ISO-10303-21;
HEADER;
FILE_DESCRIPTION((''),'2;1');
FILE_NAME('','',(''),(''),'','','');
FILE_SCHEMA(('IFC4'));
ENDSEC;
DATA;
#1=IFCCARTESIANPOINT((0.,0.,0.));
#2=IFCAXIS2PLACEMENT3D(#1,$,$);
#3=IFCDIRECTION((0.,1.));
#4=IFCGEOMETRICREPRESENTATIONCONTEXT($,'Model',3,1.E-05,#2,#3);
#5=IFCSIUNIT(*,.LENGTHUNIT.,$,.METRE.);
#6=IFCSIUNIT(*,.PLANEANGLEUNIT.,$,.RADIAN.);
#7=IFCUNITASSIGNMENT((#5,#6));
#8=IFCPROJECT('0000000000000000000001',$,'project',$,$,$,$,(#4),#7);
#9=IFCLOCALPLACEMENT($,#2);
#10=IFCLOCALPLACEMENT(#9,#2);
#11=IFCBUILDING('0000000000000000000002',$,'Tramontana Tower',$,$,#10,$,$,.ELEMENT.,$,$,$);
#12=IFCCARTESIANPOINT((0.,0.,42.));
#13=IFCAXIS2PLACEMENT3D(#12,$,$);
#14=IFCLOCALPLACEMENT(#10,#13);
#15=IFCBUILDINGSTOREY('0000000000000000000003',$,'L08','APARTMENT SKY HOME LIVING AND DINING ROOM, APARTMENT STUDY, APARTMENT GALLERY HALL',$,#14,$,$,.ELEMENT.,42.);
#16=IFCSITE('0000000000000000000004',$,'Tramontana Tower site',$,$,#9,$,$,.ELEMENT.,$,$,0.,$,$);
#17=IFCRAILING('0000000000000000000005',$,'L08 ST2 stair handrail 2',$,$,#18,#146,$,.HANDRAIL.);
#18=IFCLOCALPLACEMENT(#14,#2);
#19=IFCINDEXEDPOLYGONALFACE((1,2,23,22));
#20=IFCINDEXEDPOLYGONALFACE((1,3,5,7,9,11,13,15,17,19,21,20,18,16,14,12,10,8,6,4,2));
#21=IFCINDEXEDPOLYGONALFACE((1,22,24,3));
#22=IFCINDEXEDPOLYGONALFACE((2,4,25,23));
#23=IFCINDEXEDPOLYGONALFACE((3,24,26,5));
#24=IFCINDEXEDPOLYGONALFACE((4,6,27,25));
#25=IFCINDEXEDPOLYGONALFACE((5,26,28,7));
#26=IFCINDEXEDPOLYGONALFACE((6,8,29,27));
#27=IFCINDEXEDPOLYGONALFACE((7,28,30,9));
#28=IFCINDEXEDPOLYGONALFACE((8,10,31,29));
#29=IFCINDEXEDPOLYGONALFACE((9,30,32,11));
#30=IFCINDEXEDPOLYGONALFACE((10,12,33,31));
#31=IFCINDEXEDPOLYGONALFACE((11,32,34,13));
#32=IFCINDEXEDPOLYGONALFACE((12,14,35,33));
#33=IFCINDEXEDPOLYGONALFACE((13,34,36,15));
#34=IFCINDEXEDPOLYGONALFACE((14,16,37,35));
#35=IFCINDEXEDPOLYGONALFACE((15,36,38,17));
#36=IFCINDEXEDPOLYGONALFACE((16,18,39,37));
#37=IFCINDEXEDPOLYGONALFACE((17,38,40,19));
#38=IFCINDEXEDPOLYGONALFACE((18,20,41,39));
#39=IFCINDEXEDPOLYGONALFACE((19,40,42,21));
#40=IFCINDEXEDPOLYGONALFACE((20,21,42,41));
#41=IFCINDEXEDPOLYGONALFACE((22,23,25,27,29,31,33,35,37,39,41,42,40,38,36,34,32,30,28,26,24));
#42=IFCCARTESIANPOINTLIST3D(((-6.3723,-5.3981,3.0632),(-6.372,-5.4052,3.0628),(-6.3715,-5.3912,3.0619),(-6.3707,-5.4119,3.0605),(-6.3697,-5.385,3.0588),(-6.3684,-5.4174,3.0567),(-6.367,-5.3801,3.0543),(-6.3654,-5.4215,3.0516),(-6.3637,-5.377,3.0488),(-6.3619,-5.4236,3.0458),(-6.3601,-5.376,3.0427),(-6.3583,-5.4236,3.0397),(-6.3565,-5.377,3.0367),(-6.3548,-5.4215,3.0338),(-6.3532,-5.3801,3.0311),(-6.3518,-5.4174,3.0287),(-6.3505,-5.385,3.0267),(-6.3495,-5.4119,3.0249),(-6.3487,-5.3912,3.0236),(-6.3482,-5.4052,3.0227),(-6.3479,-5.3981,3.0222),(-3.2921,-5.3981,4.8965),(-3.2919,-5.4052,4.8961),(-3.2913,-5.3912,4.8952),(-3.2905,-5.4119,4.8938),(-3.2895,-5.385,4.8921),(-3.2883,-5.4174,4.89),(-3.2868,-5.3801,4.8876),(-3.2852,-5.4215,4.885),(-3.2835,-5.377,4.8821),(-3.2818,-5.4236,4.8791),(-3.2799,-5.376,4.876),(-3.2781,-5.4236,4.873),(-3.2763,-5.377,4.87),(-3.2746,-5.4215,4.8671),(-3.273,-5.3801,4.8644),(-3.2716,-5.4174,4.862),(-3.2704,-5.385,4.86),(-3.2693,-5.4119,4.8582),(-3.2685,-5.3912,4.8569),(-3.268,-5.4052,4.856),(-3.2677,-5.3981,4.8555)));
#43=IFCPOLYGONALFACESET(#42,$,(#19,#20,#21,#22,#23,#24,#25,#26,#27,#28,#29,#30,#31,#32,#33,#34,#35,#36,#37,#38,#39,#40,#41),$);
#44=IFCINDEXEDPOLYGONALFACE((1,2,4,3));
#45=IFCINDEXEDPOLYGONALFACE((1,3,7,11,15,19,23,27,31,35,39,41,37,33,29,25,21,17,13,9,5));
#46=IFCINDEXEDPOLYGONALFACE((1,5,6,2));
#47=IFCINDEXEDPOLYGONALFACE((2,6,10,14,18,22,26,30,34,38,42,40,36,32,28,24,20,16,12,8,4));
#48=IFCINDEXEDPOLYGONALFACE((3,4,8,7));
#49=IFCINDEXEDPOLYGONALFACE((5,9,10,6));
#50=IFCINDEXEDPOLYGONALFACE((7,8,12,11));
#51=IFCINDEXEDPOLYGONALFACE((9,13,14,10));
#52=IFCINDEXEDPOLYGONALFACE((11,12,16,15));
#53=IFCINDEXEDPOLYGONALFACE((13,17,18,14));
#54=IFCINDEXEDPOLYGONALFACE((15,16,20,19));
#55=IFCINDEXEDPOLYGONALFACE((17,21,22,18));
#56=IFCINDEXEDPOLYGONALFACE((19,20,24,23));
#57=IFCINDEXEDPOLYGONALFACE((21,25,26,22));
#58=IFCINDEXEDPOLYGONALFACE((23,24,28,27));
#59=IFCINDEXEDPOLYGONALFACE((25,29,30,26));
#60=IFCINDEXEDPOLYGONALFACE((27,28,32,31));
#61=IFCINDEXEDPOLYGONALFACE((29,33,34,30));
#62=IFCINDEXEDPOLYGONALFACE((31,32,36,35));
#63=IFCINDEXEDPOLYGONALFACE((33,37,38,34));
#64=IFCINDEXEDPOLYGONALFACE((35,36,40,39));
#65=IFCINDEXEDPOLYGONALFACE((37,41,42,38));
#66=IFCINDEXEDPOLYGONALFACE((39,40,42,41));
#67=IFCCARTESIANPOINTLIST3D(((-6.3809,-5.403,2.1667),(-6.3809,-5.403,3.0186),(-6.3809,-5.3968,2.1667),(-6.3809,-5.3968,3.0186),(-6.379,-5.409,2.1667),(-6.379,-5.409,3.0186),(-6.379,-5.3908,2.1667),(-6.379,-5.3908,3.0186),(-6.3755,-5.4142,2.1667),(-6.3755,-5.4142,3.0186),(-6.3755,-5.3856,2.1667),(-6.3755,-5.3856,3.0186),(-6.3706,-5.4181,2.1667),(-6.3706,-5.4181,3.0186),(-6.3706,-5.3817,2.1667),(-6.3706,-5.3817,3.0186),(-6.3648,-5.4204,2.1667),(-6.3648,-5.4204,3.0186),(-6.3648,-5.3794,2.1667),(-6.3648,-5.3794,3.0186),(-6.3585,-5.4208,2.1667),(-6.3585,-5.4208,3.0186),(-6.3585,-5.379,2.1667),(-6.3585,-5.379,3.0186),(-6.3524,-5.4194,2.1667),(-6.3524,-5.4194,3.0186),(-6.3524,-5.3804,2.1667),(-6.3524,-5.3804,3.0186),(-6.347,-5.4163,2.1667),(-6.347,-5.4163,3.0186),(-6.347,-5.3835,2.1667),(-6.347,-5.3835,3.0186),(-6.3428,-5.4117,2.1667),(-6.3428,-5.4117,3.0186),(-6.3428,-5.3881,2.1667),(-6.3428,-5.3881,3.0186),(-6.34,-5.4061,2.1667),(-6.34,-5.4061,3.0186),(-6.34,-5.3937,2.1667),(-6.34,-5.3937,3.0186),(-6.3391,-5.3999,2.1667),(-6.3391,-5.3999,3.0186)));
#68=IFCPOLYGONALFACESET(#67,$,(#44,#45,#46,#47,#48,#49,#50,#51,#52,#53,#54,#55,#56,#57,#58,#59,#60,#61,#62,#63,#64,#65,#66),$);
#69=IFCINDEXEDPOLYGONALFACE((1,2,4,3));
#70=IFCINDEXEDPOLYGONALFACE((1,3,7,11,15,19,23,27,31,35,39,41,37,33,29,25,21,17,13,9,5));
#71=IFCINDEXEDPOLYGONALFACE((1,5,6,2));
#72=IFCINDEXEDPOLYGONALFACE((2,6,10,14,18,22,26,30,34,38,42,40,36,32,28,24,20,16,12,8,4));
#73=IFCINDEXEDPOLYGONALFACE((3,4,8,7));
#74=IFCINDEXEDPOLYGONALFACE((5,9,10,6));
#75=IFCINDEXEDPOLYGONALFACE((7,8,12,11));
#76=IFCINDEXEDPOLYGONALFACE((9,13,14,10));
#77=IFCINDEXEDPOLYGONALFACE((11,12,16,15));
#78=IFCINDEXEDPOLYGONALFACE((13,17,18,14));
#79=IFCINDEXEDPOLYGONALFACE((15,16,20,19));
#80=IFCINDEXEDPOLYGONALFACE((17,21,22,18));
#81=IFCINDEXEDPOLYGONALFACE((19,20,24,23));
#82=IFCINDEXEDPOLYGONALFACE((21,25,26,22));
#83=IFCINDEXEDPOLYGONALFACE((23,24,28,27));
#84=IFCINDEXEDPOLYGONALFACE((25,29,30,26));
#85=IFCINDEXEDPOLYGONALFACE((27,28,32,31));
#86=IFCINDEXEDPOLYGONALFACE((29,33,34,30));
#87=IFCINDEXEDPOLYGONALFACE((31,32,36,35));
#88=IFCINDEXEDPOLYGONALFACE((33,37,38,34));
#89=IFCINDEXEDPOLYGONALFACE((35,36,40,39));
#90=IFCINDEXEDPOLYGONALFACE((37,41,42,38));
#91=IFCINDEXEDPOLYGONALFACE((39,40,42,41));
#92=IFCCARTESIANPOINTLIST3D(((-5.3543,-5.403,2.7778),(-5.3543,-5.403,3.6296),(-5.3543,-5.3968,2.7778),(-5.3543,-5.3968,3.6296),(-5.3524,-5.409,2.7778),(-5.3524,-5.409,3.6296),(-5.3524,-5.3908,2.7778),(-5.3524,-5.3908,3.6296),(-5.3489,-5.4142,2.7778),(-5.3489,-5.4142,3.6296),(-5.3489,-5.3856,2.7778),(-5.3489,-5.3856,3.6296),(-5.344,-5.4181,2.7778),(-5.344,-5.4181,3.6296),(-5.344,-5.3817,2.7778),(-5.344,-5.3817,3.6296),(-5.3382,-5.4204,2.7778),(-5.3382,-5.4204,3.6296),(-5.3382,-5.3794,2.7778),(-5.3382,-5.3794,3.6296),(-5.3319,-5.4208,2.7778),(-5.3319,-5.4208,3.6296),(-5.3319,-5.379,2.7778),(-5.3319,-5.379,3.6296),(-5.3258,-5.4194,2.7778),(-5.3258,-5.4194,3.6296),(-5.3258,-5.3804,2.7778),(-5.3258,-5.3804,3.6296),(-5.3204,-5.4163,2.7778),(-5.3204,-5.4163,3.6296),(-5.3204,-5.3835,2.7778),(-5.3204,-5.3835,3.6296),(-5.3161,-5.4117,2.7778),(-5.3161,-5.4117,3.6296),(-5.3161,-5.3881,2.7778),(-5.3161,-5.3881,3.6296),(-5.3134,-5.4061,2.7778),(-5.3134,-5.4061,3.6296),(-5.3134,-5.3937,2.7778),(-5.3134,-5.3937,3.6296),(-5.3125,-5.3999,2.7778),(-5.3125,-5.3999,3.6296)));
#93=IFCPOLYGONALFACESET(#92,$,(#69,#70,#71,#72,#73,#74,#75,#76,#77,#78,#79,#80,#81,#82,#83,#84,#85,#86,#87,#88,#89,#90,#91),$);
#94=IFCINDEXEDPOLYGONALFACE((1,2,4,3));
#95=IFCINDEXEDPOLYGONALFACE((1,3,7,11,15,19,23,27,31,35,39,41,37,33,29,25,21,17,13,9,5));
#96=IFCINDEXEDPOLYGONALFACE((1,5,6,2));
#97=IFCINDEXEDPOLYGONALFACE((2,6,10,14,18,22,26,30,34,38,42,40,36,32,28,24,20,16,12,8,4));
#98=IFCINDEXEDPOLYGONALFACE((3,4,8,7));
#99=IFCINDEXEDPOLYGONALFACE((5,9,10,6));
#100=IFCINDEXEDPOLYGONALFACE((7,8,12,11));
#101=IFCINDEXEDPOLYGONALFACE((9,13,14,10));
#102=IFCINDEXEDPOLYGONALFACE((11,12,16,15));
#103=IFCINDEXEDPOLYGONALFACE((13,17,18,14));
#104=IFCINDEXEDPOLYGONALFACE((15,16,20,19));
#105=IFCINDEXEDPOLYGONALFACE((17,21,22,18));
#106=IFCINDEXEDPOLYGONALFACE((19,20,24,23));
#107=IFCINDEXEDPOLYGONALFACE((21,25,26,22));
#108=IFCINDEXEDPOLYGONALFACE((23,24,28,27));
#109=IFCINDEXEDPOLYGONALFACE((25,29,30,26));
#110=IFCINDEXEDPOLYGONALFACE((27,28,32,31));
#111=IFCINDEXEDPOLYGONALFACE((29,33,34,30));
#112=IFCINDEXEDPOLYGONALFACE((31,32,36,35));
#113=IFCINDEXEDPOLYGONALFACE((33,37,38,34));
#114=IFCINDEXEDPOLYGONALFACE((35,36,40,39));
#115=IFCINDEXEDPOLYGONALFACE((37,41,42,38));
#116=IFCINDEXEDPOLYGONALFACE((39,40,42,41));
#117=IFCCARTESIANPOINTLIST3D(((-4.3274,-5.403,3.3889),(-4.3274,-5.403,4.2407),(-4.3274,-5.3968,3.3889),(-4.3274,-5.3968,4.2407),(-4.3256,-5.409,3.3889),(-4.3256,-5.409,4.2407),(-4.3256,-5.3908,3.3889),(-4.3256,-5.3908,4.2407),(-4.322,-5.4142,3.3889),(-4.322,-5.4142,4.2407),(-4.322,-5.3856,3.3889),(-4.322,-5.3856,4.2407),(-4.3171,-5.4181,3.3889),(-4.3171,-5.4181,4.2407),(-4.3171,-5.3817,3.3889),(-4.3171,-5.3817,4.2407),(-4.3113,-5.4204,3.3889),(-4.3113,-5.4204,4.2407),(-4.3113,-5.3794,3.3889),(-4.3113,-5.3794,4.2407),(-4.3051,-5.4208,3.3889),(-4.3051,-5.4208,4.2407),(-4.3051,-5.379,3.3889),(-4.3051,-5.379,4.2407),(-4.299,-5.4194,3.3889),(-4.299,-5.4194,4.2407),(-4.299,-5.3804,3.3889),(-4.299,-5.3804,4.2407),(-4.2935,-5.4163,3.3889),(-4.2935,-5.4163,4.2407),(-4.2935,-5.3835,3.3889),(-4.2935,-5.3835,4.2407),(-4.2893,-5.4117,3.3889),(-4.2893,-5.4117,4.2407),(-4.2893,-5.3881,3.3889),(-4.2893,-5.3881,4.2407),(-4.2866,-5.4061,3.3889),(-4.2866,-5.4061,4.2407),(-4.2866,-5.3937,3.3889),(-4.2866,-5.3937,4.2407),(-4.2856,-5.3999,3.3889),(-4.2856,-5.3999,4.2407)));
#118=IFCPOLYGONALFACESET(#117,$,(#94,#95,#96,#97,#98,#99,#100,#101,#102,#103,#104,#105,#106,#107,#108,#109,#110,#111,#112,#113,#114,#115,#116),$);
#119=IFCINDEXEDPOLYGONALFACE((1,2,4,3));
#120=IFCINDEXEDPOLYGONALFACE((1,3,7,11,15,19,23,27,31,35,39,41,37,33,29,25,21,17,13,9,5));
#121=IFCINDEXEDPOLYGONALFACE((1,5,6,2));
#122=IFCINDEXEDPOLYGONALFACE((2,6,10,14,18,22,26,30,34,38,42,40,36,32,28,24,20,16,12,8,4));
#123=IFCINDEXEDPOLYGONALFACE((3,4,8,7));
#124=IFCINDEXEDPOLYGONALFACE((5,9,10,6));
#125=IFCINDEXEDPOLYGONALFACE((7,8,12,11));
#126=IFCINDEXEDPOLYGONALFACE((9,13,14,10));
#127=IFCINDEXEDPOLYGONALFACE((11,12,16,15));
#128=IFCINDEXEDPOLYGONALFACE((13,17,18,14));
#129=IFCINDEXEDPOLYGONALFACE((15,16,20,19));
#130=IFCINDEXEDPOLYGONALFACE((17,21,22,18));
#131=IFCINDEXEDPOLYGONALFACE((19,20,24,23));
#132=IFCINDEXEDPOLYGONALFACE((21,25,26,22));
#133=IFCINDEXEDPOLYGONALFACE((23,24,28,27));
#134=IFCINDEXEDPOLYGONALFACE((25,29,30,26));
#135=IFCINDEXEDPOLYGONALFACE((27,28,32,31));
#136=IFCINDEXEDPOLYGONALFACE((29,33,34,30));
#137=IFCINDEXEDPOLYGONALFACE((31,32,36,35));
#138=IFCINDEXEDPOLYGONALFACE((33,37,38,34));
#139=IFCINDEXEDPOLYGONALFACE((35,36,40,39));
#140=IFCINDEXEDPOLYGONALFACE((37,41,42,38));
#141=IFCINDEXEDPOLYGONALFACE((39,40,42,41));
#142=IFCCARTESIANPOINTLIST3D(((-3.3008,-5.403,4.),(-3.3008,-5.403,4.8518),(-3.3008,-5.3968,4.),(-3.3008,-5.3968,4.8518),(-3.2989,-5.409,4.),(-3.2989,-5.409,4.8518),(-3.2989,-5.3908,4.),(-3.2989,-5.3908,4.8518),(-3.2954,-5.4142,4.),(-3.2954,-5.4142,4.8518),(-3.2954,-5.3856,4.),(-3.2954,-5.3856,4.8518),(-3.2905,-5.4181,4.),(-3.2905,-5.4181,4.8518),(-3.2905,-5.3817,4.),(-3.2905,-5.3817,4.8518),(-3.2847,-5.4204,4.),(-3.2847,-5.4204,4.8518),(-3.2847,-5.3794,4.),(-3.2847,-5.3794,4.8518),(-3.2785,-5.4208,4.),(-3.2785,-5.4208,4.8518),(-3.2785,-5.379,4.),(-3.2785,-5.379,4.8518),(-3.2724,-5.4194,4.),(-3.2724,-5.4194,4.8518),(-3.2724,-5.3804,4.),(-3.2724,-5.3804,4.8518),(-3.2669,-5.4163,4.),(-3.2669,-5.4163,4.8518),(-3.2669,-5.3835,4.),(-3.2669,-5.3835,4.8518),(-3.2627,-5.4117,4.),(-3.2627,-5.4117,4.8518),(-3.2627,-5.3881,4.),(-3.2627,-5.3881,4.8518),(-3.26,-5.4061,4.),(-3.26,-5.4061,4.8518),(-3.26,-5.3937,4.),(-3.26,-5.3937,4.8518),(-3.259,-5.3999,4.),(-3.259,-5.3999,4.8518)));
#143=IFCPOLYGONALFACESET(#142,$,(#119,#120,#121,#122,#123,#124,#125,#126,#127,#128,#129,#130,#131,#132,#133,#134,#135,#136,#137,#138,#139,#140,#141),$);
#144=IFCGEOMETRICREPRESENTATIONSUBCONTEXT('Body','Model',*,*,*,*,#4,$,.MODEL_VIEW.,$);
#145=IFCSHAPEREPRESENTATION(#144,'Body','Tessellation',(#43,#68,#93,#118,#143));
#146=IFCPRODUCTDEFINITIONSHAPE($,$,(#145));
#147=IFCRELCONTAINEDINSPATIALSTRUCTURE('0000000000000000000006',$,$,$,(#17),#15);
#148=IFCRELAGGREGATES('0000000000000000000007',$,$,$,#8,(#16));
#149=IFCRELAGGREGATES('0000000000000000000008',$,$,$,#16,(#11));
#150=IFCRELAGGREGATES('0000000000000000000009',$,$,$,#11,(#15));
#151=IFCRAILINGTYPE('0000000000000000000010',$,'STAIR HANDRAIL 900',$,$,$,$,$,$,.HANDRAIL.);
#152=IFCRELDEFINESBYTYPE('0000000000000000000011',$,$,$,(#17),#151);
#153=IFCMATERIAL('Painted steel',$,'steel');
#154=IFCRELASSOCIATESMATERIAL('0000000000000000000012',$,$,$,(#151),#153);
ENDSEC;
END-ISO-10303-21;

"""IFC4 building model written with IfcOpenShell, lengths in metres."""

from ifc_helpers import new_model, si_unit, direction, frame, origin, origin_2d, place, context, subcontext, project, spatial, circle, extrude, material, type_object, element, save


model = new_model("IFC4")

# Units and contexts
model_context = context("Model", 3, precision=1e-05, world=origin(), true_north=direction((0.0, 1.0)))
body_context = subcontext(model_context, "Body", "Model", "MODEL_VIEW")
ifc_project = project(units=[si_unit("LENGTHUNIT", "METRE"), si_unit("PLANEANGLEUNIT", "RADIAN")], contexts=[model_context])

# Site, building, storey
site_placement = place(None, origin())
site = spatial("IfcSite", under=ifc_project, at=site_placement, Name="Tramontana Tower site", CompositionType="ELEMENT", RefElevation=0.0)
building_placement = place(site_placement, origin())
building = spatial("IfcBuilding", under=site, at=building_placement, Name="Tramontana Tower", CompositionType="ELEMENT")
storey_placement = place(building_placement, frame((0.0, 0.0, 42.0)))
storey = spatial("IfcBuildingStorey", under=building, at=storey_placement, Name="L08", Description="APARTMENT SKY HOME LIVING AND DINING ROOM, APARTMENT STUDY, APARTMENT GALLERY HALL", CompositionType="ELEMENT", Elevation=42.0)

# Railing
ifc_material_1 = material(Name="Painted steel", Category="steel")
railing_type_1 = type_object("IfcRailingType", Name="STAIR HANDRAIL 900", PredefinedType="HANDRAIL", material=ifc_material_1)
railing_1_placement = place(storey_placement, frame((-6.3601, -5.3999, 2.1667)))
element("IfcRailing", 1, at=railing_1_placement, inside=storey, type_object=railing_type_1, Name="L08 ST2 stair handrail 2", PredefinedType="HANDRAIL", context=body_context, shape_type="SweptSolid", body=[
    extrude(circle(Radius=0.0239, at=origin_2d()), frame((0.0, 0.0, 0.876), z_axis=(0.859309, 0.0, 0.511458), x_axis=(0.0, 1.0, 0.0)), (0.0, 0.0, 1.0), 3.5845),
    extrude(circle(Radius=0.021, at=origin_2d()), origin(), (0.0, 0.0, 1.0), 0.8518),
    extrude(circle(Radius=0.021, at=origin_2d()), frame((1.0266, 0.0, 0.6111)), (0.0, 0.0, 1.0), 0.8518),
    extrude(circle(Radius=0.021, at=origin_2d()), frame((2.0535, 0.0, 1.2222)), (0.0, 0.0, 1.0), 0.8518),
    extrude(circle(Radius=0.021, at=origin_2d()), frame((3.0801, 0.0, 1.8333)), (0.0, 0.0, 1.0), 0.8518),
])

save(model, "model.ifc")
